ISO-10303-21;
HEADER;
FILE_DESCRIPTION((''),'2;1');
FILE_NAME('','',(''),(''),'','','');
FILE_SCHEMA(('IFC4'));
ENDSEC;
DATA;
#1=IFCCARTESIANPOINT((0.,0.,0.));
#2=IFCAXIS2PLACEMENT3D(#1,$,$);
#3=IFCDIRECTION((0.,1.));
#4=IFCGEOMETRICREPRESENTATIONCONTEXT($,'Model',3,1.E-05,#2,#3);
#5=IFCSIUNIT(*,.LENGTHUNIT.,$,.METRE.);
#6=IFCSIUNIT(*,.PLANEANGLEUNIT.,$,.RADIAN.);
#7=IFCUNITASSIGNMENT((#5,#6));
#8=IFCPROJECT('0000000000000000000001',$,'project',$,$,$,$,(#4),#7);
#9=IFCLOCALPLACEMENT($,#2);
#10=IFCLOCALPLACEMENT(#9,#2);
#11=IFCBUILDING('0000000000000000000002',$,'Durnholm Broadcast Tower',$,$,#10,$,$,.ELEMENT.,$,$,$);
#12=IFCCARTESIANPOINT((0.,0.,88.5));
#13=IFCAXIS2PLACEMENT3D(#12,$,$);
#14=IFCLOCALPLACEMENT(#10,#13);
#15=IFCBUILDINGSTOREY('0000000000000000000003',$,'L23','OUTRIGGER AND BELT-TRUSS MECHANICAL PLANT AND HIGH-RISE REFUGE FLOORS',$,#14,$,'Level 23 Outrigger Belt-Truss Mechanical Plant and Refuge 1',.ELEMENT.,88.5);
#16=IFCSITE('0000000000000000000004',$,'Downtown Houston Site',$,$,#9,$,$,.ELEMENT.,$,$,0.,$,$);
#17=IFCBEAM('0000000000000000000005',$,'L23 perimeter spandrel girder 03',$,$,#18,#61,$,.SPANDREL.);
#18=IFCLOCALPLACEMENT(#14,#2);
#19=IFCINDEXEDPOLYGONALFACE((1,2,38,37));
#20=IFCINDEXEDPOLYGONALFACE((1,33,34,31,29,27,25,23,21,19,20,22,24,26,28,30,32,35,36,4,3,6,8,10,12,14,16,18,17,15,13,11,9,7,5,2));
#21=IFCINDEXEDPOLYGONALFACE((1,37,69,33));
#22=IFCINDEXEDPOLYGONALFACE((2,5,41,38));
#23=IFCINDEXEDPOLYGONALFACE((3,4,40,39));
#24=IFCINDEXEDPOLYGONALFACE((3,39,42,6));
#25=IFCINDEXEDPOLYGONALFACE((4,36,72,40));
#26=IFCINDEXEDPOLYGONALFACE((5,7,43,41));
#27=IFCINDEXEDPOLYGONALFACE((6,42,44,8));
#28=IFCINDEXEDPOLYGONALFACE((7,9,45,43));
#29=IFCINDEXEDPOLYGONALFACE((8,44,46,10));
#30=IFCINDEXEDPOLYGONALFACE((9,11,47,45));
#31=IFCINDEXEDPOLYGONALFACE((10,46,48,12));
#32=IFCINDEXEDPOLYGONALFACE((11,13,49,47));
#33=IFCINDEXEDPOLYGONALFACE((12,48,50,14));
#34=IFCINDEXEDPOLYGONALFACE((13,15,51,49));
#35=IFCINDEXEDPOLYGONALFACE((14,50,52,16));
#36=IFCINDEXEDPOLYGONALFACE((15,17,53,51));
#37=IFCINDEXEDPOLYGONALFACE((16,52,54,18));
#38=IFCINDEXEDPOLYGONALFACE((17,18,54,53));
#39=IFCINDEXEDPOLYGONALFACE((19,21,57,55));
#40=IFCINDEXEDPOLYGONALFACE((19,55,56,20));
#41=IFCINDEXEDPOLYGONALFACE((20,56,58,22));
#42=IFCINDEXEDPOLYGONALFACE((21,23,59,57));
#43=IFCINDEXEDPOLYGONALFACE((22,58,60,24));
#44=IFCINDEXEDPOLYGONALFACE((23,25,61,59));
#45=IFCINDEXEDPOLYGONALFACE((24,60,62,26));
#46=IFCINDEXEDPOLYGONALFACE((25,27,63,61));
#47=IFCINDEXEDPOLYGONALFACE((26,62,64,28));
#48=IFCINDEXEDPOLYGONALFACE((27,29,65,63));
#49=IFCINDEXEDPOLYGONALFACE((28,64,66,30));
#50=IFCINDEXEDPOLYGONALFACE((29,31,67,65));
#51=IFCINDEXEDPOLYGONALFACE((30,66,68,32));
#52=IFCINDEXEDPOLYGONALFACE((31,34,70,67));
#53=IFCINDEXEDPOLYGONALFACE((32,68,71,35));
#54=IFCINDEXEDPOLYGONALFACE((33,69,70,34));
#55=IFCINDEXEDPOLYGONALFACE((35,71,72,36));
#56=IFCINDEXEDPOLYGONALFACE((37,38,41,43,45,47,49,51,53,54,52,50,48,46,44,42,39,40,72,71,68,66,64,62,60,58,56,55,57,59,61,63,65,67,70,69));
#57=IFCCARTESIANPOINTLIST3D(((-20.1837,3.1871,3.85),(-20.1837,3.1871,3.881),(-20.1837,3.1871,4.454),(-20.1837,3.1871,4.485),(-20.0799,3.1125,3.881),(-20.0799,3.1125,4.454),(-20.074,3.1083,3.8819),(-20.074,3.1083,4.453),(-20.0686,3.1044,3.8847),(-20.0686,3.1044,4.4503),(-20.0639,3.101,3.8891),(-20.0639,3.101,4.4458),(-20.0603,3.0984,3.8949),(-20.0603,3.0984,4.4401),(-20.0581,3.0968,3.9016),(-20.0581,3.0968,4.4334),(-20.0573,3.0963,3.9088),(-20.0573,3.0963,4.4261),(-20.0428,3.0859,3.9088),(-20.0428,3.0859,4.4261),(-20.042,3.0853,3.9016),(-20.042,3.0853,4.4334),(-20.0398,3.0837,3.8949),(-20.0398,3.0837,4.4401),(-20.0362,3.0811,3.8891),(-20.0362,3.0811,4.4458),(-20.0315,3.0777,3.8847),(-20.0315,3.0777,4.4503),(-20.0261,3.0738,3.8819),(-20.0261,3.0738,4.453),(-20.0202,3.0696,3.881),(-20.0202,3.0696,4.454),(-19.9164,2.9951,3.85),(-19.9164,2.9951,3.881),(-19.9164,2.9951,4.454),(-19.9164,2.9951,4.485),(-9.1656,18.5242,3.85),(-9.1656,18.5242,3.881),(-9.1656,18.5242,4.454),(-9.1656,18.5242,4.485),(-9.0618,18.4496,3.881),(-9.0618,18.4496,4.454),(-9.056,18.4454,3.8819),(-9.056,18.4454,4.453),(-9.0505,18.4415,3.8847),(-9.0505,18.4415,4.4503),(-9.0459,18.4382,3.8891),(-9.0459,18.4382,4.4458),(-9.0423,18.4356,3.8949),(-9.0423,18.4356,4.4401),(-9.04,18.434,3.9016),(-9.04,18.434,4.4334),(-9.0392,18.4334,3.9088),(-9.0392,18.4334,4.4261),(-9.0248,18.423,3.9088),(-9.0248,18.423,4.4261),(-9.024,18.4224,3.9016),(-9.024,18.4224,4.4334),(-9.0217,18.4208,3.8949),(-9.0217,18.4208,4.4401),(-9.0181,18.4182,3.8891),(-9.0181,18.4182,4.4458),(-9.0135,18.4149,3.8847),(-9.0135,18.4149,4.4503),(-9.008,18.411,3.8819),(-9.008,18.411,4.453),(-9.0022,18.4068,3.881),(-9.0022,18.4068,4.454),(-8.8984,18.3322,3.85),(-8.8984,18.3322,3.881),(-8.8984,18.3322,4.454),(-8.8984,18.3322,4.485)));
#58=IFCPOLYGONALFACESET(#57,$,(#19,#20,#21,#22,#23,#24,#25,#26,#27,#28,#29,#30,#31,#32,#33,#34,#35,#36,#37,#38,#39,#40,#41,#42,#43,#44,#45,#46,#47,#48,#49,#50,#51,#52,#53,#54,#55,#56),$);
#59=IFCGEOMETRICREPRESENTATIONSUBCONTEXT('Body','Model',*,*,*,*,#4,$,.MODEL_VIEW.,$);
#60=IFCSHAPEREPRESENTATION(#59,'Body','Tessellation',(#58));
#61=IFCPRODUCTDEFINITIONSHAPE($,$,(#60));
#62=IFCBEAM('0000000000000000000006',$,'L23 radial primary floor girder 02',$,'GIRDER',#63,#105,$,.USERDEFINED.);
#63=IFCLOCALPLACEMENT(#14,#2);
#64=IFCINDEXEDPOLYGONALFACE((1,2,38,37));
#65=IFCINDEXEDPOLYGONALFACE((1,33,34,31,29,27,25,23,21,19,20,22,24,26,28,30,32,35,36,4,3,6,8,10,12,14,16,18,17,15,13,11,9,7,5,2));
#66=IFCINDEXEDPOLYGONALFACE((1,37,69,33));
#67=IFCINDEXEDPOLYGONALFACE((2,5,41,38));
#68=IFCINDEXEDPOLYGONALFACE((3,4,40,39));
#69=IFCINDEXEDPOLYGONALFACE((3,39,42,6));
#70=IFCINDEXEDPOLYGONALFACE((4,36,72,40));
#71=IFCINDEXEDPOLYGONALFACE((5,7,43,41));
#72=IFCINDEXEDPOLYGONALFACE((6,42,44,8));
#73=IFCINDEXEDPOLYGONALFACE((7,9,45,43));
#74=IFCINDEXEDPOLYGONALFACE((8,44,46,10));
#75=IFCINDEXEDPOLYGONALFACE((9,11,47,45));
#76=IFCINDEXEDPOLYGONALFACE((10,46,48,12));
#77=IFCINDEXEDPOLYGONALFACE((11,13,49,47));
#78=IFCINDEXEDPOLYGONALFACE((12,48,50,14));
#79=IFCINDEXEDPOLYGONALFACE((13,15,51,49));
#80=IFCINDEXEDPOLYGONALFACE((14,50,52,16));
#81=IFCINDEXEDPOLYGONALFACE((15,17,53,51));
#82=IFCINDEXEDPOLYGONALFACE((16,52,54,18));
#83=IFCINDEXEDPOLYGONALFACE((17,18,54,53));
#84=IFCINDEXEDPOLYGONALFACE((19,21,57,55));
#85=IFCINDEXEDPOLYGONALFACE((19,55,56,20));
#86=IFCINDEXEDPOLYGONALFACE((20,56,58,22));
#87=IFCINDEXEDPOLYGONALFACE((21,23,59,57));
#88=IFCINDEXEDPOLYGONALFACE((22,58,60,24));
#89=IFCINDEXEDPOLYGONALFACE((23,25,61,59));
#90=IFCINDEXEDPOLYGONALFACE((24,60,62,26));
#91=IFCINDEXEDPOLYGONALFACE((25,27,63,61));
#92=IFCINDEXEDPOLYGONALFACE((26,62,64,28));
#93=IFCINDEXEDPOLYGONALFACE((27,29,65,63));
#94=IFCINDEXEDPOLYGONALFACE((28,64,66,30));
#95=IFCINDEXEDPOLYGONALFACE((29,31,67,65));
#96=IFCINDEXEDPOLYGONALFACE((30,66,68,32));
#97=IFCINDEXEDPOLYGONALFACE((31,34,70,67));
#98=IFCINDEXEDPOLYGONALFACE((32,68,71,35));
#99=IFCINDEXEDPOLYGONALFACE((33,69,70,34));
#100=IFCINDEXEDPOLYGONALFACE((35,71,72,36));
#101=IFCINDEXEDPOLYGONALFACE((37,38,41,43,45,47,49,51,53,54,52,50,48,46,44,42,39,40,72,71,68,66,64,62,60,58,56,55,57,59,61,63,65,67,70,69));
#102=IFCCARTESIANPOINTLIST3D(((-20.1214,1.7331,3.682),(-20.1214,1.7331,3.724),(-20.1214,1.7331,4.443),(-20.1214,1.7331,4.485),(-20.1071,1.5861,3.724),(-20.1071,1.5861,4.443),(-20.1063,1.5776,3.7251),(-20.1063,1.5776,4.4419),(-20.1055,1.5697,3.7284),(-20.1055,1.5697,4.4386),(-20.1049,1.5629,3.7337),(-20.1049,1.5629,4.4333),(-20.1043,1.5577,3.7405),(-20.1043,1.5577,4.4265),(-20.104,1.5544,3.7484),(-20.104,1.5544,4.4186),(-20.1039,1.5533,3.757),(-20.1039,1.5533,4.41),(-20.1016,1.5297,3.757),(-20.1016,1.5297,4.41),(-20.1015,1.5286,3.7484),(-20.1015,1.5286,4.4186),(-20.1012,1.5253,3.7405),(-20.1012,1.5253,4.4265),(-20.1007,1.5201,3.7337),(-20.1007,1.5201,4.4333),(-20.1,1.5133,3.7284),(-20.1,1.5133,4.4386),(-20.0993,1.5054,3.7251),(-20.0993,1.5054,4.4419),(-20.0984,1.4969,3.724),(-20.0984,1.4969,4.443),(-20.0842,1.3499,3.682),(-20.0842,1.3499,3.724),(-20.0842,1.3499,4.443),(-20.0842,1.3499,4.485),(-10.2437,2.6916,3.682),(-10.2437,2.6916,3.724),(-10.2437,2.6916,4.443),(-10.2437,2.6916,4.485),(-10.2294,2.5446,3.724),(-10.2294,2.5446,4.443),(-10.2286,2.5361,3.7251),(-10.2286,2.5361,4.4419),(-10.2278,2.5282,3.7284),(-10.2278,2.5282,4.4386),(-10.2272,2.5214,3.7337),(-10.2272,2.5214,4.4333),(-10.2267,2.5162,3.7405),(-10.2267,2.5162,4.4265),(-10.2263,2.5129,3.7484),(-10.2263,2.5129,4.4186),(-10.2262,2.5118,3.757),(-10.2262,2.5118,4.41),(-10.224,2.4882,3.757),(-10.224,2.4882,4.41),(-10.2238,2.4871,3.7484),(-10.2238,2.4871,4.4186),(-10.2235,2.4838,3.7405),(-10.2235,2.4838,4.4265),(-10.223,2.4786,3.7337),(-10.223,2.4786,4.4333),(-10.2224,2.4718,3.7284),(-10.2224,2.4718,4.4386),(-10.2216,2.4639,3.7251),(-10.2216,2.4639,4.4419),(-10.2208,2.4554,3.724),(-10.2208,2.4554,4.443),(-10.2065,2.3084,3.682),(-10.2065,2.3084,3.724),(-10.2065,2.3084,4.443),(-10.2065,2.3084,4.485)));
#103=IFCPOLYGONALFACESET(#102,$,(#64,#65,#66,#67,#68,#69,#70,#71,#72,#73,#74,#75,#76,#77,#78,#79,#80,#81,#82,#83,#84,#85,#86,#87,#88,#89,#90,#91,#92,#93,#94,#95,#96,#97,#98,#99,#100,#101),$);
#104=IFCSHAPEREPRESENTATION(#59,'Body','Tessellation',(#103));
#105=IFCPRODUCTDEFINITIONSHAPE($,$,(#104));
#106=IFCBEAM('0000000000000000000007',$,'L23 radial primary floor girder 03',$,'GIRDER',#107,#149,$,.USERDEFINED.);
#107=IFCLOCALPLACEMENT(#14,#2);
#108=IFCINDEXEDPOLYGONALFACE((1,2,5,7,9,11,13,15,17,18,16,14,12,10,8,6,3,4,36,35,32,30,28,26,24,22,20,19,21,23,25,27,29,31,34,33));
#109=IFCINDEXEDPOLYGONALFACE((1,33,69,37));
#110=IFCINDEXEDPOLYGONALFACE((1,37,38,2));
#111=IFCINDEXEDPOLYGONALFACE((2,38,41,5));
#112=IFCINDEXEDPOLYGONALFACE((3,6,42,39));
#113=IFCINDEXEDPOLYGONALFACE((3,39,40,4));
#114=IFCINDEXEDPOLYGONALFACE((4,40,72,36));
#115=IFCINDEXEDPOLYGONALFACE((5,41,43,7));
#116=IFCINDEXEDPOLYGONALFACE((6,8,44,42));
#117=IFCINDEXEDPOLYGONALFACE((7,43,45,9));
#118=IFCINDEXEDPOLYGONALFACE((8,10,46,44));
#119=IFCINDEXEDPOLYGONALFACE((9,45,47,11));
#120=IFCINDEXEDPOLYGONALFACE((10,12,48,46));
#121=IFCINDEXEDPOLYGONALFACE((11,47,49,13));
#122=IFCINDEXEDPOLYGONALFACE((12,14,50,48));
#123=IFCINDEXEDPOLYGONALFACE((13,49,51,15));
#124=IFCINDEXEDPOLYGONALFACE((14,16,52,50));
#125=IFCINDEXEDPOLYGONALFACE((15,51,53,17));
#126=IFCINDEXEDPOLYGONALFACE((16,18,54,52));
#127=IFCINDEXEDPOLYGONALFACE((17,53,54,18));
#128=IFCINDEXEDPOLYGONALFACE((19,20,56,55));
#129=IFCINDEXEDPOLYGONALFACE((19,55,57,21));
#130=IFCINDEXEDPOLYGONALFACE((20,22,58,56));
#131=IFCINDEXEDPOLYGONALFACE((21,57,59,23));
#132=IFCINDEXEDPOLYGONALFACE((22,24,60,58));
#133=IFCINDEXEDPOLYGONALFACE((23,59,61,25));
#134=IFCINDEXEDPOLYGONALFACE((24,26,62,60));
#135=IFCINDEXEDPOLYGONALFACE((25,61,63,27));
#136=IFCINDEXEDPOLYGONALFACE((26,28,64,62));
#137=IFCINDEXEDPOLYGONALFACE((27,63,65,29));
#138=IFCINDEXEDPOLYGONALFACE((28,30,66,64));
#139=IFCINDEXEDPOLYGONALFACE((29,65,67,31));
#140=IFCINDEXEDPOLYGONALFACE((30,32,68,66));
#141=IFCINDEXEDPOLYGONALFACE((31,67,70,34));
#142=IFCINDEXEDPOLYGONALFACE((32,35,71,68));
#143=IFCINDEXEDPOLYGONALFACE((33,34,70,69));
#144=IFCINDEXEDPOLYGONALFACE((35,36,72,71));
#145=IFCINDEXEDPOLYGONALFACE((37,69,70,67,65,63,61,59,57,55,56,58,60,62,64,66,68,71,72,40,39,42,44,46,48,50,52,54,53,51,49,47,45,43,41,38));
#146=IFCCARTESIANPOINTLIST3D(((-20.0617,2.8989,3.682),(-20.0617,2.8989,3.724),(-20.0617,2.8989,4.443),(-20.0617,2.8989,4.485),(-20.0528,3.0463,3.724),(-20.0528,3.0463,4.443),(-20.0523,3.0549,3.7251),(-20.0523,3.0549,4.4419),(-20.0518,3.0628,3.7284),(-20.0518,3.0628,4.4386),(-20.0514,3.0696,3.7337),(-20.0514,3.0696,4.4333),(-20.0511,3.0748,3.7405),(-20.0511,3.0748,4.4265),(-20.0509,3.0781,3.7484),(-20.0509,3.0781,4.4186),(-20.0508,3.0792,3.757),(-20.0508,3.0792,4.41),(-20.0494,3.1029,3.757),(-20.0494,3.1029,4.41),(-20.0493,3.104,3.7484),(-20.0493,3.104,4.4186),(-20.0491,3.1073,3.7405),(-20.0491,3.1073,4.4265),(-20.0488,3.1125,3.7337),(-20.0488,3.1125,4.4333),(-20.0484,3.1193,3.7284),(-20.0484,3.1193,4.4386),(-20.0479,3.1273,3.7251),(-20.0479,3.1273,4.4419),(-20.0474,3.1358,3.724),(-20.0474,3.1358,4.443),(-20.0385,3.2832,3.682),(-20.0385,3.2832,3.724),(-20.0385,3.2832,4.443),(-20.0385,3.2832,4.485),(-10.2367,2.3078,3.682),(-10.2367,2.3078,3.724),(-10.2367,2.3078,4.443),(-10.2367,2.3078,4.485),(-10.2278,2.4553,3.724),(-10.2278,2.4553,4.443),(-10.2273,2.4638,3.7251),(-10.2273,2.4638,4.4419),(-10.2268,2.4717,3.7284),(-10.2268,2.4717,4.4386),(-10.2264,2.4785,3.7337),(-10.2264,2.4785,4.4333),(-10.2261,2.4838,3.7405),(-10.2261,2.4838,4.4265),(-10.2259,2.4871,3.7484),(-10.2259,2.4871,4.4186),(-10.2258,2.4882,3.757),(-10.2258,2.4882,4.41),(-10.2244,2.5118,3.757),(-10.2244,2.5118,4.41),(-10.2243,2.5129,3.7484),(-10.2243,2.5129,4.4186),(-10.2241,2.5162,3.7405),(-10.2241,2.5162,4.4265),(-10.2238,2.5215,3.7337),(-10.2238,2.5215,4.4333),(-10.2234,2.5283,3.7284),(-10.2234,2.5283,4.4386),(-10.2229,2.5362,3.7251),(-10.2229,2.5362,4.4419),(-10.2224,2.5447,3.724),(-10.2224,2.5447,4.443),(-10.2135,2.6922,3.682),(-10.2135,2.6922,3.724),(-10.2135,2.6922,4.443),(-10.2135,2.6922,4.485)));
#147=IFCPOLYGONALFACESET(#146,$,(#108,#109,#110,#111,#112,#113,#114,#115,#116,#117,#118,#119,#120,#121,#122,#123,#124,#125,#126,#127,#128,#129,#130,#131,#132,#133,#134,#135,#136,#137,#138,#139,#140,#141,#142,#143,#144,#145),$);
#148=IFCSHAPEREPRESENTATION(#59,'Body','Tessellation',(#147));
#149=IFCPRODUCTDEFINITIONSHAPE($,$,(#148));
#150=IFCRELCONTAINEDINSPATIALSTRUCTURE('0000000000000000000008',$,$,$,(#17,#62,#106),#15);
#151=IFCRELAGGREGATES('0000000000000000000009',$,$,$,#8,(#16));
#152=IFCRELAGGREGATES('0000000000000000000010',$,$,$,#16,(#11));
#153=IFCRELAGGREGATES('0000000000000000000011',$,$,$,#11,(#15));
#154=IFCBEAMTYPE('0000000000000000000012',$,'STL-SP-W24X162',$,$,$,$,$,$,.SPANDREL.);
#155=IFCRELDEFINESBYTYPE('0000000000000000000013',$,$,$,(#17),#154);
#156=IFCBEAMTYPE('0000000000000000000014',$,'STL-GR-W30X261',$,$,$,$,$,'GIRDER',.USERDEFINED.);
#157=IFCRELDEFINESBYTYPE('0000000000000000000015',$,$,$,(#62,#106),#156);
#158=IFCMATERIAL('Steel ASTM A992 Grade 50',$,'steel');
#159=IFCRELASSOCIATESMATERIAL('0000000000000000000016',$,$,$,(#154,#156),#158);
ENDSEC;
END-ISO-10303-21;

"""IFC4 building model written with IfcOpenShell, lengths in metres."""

from ifc_helpers import new_model, si_unit, direction, frame, origin, origin_2d, place, context, subcontext, project, spatial, i_section, extrude, source, transform, mapped, material, material_profile, profile_set, type_object, type_shapes, element, save


model = new_model("IFC4")

# Units and contexts
model_context = context("Model", 3, precision=1e-05, world=origin(), true_north=direction((0.0, 1.0)))
body_context = subcontext(model_context, "Body", "Model", "MODEL_VIEW")
ifc_project = project(units=[si_unit("LENGTHUNIT", "METRE"), si_unit("PLANEANGLEUNIT", "RADIAN")], contexts=[model_context])

# Site, building, storey
site_placement = place(None, origin())
site = spatial("IfcSite", under=ifc_project, at=site_placement, Name="Downtown Houston Site", CompositionType="ELEMENT", RefElevation=0.0)
building_placement = place(site_placement, origin())
building = spatial("IfcBuilding", under=site, at=building_placement, Name="Durnholm Broadcast Tower", CompositionType="ELEMENT")
storey_placement = place(building_placement, frame((0.0, 0.0, 88.5)))
storey = spatial("IfcBuildingStorey", under=building, at=storey_placement, Name="L23", Description="OUTRIGGER AND BELT-TRUSS MECHANICAL PLANT AND HIGH-RISE REFUGE FLOORS", LongName="Level 23 Outrigger Belt-Truss Mechanical Plant and Refuge 1", CompositionType="ELEMENT", Elevation=88.5)

# Beams
ifc_material_1 = material(Name="Steel ASTM A992 Grade 50", Category="steel")
ifc_material_profile_1 = material_profile(ifc_material_1, i_section(OverallWidth=0.3291, OverallDepth=0.635, WebThickness=0.0178, FlangeThickness=0.031, FilletRadius=0.0278, at=origin_2d()), Name="W24X162")
ifc_profile_set_1 = profile_set([ifc_material_profile_1], Name="Steel ASTM A992 Grade 50")
beam_type_1 = type_object("IfcBeamType", Name="STL-SP-W24X162", PredefinedType="SPANDREL", material=ifc_profile_set_1)
shared_shape_1 = source(origin(), body_context, "Body", "SweptSolid", [
    extrude(i_section(OverallWidth=0.3291, OverallDepth=0.635, WebThickness=0.0178, FlangeThickness=0.031, FilletRadius=0.0278, at=origin_2d()), origin(), (0.0, 0.0, 1.0), 18.8845),
])
beam_1_placement = place(storey_placement, frame((-20.05, 3.0911, 4.1675), z_axis=(0.583443, 0.812154, 0.0), x_axis=(-0.812154, 0.583443, 0.0)))
element("IfcBeam", 1, at=beam_1_placement, inside=storey, type_object=beam_type_1, Name="L23 perimeter spandrel girder 03", PredefinedType="SPANDREL", context=body_context, shape_type="MappedRepresentation", body=[
    mapped(shared_shape_1, transform((0.0, 0.0, 0.0), x_axis=(1.0, 0.0, 0.0), y_axis=(0.0, 1.0, 0.0), z_axis=(0.0, 0.0, 1.0), scale=1.0)),
])
ifc_material_profile_2 = material_profile(ifc_material_1, i_section(OverallWidth=0.385, OverallDepth=0.803, WebThickness=0.0237, FlangeThickness=0.042, FilletRadius=0.033, at=origin_2d()), Name="W30X261")
ifc_profile_set_2 = profile_set([ifc_material_profile_2], Name="Steel ASTM A992 Grade 50")
beam_type_2 = type_object("IfcBeamType", Name="STL-GR-W30X261", ElementType="GIRDER", PredefinedType="USERDEFINED", material=ifc_profile_set_2)
shared_shape_2 = source(origin(), body_context, "Body", "SweptSolid", [
    extrude(i_section(OverallWidth=0.385, OverallDepth=0.803, WebThickness=0.0237, FlangeThickness=0.042, FilletRadius=0.033, at=origin_2d()), origin(), (0.0, 0.0, 1.0), 9.9241),
])
beam_2_placement = place(storey_placement, frame((-10.2251, 2.5, 4.0835), z_axis=(-0.995325, -0.096583, 0.0), x_axis=(0.096583, -0.995325, 0.0)))
element("IfcBeam", 2, at=beam_2_placement, inside=storey, type_object=beam_type_2, Name="L23 radial primary floor girder 02", ObjectType="GIRDER", PredefinedType="USERDEFINED", context=body_context, shape_type="MappedRepresentation", body=[
    mapped(shared_shape_2, transform((0.0, 0.0, 0.0), x_axis=(1.0, 0.0, 0.0), y_axis=(0.0, 1.0, 0.0), z_axis=(0.0, 0.0, 1.0), scale=1.0)),
])
shared_shape_3 = source(origin(), body_context, "Body", "SweptSolid", [
    extrude(i_section(OverallWidth=0.385, OverallDepth=0.803, WebThickness=0.0237, FlangeThickness=0.042, FilletRadius=0.033, at=origin_2d()), origin(), (0.0, 0.0, 1.0), 9.8428),
])
type_shapes(beam_type_2, [shared_shape_2, shared_shape_3])
beam_3_placement = place(storey_placement, frame((-10.2251, 2.5, 4.0835), z_axis=(-0.998195, 0.060051, 0.0), x_axis=(-0.060051, -0.998195, 0.0)))
element("IfcBeam", 3, at=beam_3_placement, inside=storey, type_object=beam_type_2, Name="L23 radial primary floor girder 03", ObjectType="GIRDER", PredefinedType="USERDEFINED", context=body_context, shape_type="MappedRepresentation", body=[
    mapped(shared_shape_3, transform((0.0, 0.0, 0.0), x_axis=(1.0, 0.0, 0.0), y_axis=(0.0, 1.0, 0.0), z_axis=(0.0, 0.0, 1.0), scale=1.0)),
])

save(model, "model.ifc")
